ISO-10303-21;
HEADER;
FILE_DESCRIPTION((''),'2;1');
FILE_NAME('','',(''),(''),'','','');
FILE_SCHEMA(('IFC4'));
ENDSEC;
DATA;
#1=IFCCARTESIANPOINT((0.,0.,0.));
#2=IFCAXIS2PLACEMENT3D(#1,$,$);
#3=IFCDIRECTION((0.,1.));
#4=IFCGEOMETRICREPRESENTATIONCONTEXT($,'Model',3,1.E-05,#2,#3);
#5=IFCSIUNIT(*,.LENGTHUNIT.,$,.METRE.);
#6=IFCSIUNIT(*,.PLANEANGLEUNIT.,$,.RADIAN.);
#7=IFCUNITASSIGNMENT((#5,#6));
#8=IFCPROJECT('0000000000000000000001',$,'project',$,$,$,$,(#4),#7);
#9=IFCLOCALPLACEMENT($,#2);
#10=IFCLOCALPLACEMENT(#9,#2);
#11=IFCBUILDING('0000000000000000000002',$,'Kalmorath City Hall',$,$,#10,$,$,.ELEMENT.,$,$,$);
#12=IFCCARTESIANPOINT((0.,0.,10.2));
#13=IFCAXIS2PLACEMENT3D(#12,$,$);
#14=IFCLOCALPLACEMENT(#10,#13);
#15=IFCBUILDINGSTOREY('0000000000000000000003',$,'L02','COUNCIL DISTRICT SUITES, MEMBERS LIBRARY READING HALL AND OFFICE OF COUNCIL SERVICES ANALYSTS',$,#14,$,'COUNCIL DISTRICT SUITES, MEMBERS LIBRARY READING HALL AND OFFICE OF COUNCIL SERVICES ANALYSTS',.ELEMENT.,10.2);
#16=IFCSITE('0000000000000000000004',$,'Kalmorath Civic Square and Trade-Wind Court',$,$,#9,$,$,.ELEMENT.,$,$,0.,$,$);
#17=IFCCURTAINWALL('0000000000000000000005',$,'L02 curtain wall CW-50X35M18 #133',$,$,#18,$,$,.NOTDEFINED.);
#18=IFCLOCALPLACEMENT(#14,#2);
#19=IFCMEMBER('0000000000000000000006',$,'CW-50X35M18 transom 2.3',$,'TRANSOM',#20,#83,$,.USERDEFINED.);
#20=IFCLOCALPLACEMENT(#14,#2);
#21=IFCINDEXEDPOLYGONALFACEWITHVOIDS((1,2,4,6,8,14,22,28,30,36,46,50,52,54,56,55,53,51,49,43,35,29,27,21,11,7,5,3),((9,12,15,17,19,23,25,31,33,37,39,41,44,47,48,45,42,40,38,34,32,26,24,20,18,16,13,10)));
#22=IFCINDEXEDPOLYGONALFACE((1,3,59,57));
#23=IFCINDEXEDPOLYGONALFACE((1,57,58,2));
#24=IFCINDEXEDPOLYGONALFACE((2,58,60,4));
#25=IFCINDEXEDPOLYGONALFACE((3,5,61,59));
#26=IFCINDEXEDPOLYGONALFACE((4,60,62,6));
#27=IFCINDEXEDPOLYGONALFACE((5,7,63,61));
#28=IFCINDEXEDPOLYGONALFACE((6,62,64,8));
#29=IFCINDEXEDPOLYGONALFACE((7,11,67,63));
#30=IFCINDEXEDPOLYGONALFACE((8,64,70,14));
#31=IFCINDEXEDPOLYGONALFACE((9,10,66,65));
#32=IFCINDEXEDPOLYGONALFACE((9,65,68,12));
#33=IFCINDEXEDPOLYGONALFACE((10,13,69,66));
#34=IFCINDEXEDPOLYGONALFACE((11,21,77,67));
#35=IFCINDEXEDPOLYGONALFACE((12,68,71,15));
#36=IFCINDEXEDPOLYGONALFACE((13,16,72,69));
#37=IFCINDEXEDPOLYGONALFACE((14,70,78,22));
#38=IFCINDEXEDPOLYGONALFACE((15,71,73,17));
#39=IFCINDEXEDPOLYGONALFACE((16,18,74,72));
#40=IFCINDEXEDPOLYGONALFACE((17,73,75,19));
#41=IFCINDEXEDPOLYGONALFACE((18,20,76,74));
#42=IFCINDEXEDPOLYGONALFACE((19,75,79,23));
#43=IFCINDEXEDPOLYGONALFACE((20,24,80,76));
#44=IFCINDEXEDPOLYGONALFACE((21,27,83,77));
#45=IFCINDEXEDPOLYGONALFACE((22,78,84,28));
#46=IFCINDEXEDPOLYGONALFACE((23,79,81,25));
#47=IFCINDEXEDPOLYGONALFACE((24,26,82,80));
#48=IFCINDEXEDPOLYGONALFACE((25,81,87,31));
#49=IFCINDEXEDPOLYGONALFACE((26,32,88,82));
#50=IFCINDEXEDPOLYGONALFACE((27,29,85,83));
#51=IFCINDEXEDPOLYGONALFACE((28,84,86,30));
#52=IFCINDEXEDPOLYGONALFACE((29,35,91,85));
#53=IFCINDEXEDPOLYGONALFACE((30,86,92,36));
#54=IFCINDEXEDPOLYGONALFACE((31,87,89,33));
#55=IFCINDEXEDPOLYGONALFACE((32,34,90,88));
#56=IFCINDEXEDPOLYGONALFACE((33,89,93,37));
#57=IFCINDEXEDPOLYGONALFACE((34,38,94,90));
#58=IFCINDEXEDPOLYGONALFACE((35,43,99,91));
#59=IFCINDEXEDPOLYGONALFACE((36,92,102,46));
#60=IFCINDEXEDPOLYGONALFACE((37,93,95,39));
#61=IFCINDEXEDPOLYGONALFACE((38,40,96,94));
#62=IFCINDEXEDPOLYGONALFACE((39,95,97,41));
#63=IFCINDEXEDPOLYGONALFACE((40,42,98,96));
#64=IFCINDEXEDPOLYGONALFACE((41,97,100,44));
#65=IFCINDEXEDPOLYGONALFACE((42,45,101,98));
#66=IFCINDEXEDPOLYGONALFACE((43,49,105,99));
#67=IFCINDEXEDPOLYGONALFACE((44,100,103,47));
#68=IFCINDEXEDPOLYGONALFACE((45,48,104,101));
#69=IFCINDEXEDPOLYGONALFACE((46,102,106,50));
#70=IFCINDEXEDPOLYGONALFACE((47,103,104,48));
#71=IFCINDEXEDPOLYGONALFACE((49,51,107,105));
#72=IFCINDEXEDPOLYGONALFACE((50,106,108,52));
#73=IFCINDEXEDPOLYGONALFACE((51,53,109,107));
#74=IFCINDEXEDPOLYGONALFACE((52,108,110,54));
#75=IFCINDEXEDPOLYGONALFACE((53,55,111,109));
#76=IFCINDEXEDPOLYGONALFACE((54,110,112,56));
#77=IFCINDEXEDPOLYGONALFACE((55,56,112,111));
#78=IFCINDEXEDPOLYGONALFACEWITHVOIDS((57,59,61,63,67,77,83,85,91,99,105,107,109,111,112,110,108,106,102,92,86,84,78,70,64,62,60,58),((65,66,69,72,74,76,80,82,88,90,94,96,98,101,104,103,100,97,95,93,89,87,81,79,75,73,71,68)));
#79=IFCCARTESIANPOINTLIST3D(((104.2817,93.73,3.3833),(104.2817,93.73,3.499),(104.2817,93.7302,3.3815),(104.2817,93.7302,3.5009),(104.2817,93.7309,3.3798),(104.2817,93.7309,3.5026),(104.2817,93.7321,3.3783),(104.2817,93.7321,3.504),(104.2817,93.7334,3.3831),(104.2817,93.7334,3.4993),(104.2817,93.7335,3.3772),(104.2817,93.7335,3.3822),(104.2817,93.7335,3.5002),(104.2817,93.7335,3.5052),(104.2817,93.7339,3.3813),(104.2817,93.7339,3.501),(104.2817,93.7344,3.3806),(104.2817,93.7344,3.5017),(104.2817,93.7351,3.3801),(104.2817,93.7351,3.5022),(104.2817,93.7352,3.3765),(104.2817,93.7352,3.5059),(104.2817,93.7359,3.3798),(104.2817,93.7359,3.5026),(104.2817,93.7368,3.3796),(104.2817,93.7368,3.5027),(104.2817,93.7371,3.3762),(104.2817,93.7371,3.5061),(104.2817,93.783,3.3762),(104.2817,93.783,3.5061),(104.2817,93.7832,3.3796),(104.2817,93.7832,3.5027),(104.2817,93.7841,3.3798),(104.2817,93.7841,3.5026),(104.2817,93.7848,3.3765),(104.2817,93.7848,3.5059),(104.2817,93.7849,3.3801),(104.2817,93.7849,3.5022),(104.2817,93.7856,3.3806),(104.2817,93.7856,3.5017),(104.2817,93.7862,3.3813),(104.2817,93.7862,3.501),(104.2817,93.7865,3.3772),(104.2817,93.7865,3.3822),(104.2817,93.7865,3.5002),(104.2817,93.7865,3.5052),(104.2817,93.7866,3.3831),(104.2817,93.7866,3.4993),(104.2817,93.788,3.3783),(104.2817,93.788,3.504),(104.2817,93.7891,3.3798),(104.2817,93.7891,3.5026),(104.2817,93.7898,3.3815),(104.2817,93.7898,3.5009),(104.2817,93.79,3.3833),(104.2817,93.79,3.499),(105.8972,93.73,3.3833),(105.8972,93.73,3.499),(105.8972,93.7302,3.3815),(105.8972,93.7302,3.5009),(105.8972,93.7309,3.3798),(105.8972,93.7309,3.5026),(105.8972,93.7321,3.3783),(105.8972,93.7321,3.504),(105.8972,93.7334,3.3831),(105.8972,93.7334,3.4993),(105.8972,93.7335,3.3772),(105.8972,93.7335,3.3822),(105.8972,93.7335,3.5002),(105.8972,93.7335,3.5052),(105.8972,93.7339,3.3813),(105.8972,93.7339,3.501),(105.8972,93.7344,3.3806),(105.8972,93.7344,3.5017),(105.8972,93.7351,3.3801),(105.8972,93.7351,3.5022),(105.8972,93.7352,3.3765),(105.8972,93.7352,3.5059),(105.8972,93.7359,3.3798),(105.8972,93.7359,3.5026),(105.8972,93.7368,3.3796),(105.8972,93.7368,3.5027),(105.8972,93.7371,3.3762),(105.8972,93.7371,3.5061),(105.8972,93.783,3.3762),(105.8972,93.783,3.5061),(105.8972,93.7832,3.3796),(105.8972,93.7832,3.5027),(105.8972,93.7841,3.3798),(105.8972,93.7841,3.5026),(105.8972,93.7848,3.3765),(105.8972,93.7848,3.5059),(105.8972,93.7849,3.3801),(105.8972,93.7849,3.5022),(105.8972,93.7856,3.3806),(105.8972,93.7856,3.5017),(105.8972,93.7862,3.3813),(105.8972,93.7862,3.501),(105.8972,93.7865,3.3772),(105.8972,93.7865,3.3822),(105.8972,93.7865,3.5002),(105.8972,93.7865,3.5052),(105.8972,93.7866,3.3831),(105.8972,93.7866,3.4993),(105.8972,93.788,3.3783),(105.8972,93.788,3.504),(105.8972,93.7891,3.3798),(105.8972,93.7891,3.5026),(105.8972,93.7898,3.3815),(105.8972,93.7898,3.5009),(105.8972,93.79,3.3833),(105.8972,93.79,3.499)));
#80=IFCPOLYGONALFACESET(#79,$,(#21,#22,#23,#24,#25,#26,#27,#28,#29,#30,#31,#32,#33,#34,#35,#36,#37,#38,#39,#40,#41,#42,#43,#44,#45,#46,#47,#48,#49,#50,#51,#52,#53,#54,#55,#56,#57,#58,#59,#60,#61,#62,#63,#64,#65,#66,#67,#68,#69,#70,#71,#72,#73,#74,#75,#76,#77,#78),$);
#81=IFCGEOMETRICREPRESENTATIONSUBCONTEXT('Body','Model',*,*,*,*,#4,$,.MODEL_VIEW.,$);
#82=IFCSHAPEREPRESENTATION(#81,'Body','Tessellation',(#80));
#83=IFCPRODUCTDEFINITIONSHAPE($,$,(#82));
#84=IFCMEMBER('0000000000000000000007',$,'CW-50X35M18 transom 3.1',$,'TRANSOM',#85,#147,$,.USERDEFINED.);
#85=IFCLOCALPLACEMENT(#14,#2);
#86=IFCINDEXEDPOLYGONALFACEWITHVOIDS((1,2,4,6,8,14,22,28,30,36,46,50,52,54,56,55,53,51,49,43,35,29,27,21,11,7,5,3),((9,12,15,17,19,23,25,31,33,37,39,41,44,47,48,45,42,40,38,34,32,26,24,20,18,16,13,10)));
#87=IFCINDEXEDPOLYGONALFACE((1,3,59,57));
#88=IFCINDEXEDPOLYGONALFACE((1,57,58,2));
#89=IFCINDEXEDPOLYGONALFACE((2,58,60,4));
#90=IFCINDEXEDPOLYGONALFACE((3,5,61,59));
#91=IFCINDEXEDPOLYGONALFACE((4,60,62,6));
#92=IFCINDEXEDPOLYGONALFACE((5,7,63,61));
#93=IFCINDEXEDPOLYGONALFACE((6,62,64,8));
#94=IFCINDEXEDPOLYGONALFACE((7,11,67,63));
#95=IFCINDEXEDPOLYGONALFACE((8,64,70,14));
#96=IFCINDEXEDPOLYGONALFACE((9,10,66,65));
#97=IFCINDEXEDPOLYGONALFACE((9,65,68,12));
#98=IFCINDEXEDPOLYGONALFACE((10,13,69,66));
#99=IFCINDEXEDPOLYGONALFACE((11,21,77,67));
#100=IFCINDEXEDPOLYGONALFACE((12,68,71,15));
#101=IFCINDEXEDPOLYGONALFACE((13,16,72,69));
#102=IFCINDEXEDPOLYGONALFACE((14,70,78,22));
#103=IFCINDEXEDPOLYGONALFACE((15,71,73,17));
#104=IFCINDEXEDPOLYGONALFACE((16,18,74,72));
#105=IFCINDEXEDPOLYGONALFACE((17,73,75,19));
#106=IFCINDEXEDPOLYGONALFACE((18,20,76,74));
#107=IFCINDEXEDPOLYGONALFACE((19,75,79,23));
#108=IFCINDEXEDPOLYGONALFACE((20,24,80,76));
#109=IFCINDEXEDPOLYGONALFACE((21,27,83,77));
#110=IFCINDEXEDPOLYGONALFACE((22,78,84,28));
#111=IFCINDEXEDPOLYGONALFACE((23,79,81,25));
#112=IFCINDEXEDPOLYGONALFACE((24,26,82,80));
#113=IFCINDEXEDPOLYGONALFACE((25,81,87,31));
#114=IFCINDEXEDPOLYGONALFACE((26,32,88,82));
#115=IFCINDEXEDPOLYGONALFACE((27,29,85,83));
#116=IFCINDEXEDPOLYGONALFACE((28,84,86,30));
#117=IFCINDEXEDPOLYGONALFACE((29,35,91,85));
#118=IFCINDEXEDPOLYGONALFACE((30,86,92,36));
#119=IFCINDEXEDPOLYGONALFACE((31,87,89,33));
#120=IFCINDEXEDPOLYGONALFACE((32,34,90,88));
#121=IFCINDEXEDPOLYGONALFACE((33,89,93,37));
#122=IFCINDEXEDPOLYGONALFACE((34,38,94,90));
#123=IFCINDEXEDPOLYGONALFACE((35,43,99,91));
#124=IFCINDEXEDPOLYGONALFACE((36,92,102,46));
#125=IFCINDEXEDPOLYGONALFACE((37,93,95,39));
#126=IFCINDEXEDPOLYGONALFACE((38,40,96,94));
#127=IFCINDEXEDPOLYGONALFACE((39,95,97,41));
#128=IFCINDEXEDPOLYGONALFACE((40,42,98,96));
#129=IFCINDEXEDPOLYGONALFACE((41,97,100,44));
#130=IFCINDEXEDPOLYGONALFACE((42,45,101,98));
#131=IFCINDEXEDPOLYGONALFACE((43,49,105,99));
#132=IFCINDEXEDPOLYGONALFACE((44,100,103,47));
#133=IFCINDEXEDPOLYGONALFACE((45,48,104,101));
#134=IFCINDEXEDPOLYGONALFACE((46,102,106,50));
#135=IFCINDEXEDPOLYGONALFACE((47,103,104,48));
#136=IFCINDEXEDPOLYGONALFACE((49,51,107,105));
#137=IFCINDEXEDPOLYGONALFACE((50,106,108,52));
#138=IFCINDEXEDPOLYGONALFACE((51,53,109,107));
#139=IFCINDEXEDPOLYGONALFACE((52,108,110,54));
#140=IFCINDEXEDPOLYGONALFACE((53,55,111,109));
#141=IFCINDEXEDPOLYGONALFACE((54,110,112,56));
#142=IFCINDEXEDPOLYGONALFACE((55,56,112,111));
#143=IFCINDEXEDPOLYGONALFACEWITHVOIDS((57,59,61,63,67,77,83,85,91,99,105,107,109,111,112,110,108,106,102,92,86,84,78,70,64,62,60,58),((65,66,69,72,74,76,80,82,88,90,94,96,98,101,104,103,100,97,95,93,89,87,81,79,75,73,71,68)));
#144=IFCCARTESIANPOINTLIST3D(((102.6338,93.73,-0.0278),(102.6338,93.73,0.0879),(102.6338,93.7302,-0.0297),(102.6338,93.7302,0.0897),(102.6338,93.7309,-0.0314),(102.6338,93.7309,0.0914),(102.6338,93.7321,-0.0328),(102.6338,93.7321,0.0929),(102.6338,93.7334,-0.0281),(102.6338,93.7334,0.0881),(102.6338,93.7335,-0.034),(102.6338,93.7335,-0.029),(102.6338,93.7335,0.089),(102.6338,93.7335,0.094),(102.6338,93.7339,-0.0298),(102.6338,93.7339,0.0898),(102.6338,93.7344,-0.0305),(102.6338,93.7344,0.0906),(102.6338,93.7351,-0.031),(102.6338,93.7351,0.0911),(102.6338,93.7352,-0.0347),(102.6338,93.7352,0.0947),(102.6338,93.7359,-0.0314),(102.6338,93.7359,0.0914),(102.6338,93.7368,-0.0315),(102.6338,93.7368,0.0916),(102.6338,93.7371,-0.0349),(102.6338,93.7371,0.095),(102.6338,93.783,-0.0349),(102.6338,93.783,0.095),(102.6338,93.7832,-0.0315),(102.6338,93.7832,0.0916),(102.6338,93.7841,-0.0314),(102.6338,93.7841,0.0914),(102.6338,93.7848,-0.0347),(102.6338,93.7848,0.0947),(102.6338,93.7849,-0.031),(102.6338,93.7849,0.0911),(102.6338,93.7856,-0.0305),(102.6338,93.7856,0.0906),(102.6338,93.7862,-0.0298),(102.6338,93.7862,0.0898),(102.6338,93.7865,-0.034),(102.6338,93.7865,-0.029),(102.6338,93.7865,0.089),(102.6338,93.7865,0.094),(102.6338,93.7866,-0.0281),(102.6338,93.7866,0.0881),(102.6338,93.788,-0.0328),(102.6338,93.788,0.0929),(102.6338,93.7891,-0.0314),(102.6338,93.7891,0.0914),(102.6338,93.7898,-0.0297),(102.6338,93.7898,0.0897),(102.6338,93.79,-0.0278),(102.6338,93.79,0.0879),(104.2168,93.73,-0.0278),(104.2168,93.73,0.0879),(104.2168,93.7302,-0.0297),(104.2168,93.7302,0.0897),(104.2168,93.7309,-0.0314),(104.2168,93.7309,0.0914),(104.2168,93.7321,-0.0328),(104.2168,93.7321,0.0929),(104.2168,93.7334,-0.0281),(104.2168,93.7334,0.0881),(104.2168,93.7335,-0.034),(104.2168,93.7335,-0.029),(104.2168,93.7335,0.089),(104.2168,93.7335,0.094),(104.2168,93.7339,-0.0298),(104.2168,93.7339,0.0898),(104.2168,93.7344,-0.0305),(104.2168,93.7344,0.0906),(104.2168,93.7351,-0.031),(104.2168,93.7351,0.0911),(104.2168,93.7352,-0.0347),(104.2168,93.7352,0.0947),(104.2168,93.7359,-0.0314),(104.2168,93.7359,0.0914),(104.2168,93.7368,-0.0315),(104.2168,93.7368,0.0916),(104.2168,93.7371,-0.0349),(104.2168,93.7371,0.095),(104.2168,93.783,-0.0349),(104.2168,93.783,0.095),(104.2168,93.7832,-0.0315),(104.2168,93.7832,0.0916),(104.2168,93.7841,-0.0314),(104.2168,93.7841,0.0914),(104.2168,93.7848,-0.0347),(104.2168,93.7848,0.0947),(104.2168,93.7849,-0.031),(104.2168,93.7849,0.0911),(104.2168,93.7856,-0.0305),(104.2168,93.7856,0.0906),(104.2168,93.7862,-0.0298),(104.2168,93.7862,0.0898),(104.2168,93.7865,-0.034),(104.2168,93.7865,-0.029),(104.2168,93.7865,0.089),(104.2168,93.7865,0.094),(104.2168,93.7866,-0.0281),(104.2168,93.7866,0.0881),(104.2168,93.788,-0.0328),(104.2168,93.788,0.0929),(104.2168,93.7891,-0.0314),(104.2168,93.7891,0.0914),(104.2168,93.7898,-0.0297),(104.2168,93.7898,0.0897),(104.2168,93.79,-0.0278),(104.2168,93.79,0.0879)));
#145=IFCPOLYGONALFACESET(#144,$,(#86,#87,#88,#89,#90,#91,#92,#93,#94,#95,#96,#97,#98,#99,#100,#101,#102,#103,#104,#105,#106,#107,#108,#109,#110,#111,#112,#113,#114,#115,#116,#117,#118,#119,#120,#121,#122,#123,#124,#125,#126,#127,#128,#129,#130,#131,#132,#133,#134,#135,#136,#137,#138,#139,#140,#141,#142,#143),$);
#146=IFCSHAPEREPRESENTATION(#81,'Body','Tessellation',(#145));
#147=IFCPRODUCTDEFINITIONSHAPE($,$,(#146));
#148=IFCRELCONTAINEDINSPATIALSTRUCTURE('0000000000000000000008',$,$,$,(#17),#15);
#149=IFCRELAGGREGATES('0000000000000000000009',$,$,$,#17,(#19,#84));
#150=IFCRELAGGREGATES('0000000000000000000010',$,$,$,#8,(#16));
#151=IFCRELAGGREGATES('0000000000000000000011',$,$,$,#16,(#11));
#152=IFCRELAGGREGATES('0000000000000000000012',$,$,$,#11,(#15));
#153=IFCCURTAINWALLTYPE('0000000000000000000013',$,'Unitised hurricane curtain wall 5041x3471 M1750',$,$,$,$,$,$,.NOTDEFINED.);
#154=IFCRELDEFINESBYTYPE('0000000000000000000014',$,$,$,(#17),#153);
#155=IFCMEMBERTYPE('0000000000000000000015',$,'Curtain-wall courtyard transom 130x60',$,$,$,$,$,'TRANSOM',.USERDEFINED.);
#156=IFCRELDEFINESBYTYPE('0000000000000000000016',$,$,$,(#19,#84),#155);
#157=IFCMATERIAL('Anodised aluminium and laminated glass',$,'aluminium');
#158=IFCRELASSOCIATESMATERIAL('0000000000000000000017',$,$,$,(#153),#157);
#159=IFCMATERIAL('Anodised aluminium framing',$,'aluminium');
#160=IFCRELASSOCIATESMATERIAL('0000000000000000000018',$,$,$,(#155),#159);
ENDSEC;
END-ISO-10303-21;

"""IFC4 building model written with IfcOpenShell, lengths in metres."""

from ifc_helpers import new_model, si_unit, direction, frame, origin, origin_2d, place, context, subcontext, project, spatial, hollow_rectangle, extrude, material, material_profile, profile_set, type_object, element, aggregate, save


model = new_model("IFC4")

# Units and contexts
model_context = context("Model", 3, precision=1e-05, world=origin(), true_north=direction((0.0, 1.0)))
body_context = subcontext(model_context, "Body", "Model", "MODEL_VIEW")
ifc_project = project(units=[si_unit("LENGTHUNIT", "METRE"), si_unit("PLANEANGLEUNIT", "RADIAN")], contexts=[model_context])

# Site, building, storey
site_placement = place(None, origin())
site = spatial("IfcSite", under=ifc_project, at=site_placement, Name="Kalmorath Civic Square and Trade-Wind Court", CompositionType="ELEMENT", RefElevation=0.0)
building_placement = place(site_placement, origin())
building = spatial("IfcBuilding", under=site, at=building_placement, Name="Kalmorath City Hall", CompositionType="ELEMENT")
storey_placement = place(building_placement, frame((0.0, 0.0, 10.2)))
storey = spatial("IfcBuildingStorey", under=building, at=storey_placement, Name="L02", Description="COUNCIL DISTRICT SUITES, MEMBERS LIBRARY READING HALL AND OFFICE OF COUNCIL SERVICES ANALYSTS", LongName="COUNCIL DISTRICT SUITES, MEMBERS LIBRARY READING HALL AND OFFICE OF COUNCIL SERVICES ANALYSTS", CompositionType="ELEMENT", Elevation=10.2)

# Curtain wall
ifc_material_1 = material(Name="Anodised aluminium and laminated glass", Category="aluminium")
curtain_wall_type_1 = type_object("IfcCurtainWallType", Name="Unitised hurricane curtain wall 5041x3471 M1750", PredefinedType="NOTDEFINED", material=ifc_material_1)
curtain_wall_1_placement = place(storey_placement, origin())
curtain_wall_1 = element("IfcCurtainWall", 1, at=curtain_wall_1_placement, inside=storey, type_object=curtain_wall_type_1, Name="L02 curtain wall CW-50X35M18 #133", PredefinedType="NOTDEFINED")
ifc_material_2 = material(Name="Anodised aluminium framing", Category="aluminium")
ifc_material_profile_1 = material_profile(ifc_material_2, hollow_rectangle(XDim=0.0601, YDim=0.1299, WallThickness=0.0034, InnerFilletRadius=0.0034, OuterFilletRadius=0.0071, at=origin_2d()), Name="ALU-TRN-130X60X3.5")
ifc_profile_set_1 = profile_set([ifc_material_profile_1], Name="Anodised aluminium framing")
member_type_1 = type_object("IfcMemberType", Name="Curtain-wall courtyard transom 130x60", ElementType="TRANSOM", PredefinedType="USERDEFINED", material=ifc_profile_set_1)

# Members
member_1_placement = place(storey_placement, frame((105.8972, 93.76, 3.4412), z_axis=(-1.0, 0.0, 0.0), x_axis=(0.0, -1.0, 0.0)))
member_1 = element("IfcMember", 2, at=member_1_placement, type_object=member_type_1, Name="CW-50X35M18 transom 2.3", ObjectType="TRANSOM", PredefinedType="USERDEFINED", context=body_context, shape_type="SweptSolid", body=[
    extrude(hollow_rectangle(XDim=0.0601, YDim=0.1299, WallThickness=0.0034, InnerFilletRadius=0.0034, OuterFilletRadius=0.0071, at=origin_2d()), origin(), (0.0, 0.0, 1.0), 1.6155),
])
member_2_placement = place(storey_placement, frame((104.2168, 93.76, 0.03), z_axis=(-1.0, 0.0, 0.0), x_axis=(0.0, -1.0, 0.0)))
member_2 = element("IfcMember", 3, at=member_2_placement, type_object=member_type_1, Name="CW-50X35M18 transom 3.1", ObjectType="TRANSOM", PredefinedType="USERDEFINED", context=body_context, shape_type="SweptSolid", body=[
    extrude(hollow_rectangle(XDim=0.0601, YDim=0.1299, WallThickness=0.0034, InnerFilletRadius=0.0034, OuterFilletRadius=0.0071, at=origin_2d()), origin(), (0.0, 0.0, 1.0), 1.583),
])

aggregate(curtain_wall_1, [member_1, member_2])

save(model, "model.ifc")
